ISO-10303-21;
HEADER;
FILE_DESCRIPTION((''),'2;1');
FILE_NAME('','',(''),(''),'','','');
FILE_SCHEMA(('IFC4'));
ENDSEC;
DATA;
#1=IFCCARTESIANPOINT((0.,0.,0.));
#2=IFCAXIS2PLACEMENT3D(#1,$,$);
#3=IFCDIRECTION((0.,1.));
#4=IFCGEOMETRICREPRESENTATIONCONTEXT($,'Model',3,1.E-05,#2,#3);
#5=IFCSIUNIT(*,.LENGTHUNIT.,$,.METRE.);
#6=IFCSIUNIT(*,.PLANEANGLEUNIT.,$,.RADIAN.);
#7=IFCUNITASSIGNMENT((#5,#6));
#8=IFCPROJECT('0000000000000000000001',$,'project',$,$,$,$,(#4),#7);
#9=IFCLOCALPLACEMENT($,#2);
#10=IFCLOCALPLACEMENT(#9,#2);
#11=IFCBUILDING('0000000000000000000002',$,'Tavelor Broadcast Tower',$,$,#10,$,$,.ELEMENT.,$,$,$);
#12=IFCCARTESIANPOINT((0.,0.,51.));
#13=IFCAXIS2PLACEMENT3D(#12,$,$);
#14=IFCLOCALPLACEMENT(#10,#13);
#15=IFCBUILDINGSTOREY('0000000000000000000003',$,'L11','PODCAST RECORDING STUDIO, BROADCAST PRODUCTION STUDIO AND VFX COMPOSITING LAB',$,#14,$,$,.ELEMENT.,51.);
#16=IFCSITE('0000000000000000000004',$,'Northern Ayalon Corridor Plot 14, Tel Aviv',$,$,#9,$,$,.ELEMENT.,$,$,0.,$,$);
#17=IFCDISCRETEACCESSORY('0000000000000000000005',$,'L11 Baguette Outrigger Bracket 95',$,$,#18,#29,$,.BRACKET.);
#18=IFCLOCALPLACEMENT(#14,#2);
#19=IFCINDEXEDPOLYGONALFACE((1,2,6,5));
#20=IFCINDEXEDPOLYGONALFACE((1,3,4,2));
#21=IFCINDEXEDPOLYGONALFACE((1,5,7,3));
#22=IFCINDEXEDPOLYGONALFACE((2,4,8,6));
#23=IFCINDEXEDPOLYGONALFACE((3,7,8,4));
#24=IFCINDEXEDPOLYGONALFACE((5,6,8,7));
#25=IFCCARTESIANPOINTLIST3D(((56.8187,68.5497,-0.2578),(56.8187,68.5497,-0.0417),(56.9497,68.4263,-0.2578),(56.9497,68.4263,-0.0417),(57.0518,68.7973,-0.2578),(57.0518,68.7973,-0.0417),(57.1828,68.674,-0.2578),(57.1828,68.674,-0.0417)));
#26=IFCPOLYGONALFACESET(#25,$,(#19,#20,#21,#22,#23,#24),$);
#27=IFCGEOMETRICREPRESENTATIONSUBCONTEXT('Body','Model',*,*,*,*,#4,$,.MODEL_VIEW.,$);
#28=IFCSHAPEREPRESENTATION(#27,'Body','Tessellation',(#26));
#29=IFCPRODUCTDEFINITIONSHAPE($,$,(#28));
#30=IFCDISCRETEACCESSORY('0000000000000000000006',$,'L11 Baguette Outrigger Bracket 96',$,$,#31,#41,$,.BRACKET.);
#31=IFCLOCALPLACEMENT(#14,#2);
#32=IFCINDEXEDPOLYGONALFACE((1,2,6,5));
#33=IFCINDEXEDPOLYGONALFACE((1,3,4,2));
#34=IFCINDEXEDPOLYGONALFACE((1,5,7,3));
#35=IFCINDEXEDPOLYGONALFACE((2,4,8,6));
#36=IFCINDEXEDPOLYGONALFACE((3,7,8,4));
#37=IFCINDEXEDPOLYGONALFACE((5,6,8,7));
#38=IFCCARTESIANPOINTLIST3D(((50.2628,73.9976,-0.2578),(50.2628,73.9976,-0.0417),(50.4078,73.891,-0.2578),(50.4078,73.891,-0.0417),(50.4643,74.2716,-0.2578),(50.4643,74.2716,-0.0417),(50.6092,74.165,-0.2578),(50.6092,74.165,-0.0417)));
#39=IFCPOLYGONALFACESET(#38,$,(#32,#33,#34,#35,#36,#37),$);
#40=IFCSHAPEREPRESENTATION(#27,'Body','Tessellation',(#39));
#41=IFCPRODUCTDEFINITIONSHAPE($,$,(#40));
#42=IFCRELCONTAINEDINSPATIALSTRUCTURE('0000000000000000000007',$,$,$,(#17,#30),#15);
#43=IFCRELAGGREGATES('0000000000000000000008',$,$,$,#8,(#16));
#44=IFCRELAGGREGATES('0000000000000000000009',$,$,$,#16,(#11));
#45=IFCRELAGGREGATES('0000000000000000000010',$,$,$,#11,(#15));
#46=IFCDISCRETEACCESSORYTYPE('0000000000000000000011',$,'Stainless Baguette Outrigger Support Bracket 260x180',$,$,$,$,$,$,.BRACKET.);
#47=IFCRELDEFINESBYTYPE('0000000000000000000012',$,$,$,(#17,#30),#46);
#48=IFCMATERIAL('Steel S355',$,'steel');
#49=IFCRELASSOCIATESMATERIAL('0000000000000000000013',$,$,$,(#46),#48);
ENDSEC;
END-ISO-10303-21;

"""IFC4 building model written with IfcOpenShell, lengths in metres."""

from ifc_helpers import new_model, si_unit, direction, frame, origin, origin_2d, place, context, subcontext, project, spatial, rectangle, extrude, source, transform, mapped, material, type_object, type_shapes, element, save


model = new_model("IFC4")

# Units and contexts
model_context = context("Model", 3, precision=1e-05, world=origin(), true_north=direction((0.0, 1.0)))
body_context = subcontext(model_context, "Body", "Model", "MODEL_VIEW")
ifc_project = project(units=[si_unit("LENGTHUNIT", "METRE"), si_unit("PLANEANGLEUNIT", "RADIAN")], contexts=[model_context])

# Site, building, storey
site_placement = place(None, origin())
site = spatial("IfcSite", under=ifc_project, at=site_placement, Name="Northern Ayalon Corridor Plot 14, Tel Aviv", CompositionType="ELEMENT", RefElevation=0.0)
building_placement = place(site_placement, origin())
building = spatial("IfcBuilding", under=site, at=building_placement, Name="Tavelor Broadcast Tower", CompositionType="ELEMENT")
storey_placement = place(building_placement, frame((0.0, 0.0, 51.0)))
storey = spatial("IfcBuildingStorey", under=building, at=storey_placement, Name="L11", Description="PODCAST RECORDING STUDIO, BROADCAST PRODUCTION STUDIO AND VFX COMPOSITING LAB", CompositionType="ELEMENT", Elevation=51.0)

# Shared definitions
ifc_material_1 = material(Name="Steel S355", Category="steel")

# Discrete accessories
discrete_accessory_type = type_object("IfcDiscreteAccessoryType", Name="Stainless Baguette Outrigger Support Bracket 260x180", PredefinedType="BRACKET", material=ifc_material_1)
shared_shape_1 = source(origin(), body_context, "Body", "SweptSolid", [
    extrude(rectangle(XDim=0.1799, YDim=0.3401, at=origin_2d()), origin(), (0.0, 0.0, 1.0), 0.2161),
])
type_shapes(discrete_accessory_type, [shared_shape_1])
for number, where, z_axis, x_axis, name in (
    (1, (57.0007, 68.6118, -0.2578), (0.0, 0.0, 1.0), (-0.728132, 0.685437, 0.0), "L11 Baguette Outrigger Bracket 95"),
    (2, (50.436, 74.0813, -0.2578), (0.0, 0.0, 1.0), (-0.805722, 0.592294, 0.0), "L11 Baguette Outrigger Bracket 96"),
):
    element("IfcDiscreteAccessory", number, at=place(storey_placement, frame(where, z_axis=z_axis, x_axis=x_axis)), inside=storey, type_object=discrete_accessory_type, Name=name, PredefinedType="BRACKET", context=body_context, shape_type="MappedRepresentation", body=[
        mapped(shared_shape_1, transform((0.0, 0.0, 0.0), scale=1.0)),
    ])

save(model, "model.ifc")
